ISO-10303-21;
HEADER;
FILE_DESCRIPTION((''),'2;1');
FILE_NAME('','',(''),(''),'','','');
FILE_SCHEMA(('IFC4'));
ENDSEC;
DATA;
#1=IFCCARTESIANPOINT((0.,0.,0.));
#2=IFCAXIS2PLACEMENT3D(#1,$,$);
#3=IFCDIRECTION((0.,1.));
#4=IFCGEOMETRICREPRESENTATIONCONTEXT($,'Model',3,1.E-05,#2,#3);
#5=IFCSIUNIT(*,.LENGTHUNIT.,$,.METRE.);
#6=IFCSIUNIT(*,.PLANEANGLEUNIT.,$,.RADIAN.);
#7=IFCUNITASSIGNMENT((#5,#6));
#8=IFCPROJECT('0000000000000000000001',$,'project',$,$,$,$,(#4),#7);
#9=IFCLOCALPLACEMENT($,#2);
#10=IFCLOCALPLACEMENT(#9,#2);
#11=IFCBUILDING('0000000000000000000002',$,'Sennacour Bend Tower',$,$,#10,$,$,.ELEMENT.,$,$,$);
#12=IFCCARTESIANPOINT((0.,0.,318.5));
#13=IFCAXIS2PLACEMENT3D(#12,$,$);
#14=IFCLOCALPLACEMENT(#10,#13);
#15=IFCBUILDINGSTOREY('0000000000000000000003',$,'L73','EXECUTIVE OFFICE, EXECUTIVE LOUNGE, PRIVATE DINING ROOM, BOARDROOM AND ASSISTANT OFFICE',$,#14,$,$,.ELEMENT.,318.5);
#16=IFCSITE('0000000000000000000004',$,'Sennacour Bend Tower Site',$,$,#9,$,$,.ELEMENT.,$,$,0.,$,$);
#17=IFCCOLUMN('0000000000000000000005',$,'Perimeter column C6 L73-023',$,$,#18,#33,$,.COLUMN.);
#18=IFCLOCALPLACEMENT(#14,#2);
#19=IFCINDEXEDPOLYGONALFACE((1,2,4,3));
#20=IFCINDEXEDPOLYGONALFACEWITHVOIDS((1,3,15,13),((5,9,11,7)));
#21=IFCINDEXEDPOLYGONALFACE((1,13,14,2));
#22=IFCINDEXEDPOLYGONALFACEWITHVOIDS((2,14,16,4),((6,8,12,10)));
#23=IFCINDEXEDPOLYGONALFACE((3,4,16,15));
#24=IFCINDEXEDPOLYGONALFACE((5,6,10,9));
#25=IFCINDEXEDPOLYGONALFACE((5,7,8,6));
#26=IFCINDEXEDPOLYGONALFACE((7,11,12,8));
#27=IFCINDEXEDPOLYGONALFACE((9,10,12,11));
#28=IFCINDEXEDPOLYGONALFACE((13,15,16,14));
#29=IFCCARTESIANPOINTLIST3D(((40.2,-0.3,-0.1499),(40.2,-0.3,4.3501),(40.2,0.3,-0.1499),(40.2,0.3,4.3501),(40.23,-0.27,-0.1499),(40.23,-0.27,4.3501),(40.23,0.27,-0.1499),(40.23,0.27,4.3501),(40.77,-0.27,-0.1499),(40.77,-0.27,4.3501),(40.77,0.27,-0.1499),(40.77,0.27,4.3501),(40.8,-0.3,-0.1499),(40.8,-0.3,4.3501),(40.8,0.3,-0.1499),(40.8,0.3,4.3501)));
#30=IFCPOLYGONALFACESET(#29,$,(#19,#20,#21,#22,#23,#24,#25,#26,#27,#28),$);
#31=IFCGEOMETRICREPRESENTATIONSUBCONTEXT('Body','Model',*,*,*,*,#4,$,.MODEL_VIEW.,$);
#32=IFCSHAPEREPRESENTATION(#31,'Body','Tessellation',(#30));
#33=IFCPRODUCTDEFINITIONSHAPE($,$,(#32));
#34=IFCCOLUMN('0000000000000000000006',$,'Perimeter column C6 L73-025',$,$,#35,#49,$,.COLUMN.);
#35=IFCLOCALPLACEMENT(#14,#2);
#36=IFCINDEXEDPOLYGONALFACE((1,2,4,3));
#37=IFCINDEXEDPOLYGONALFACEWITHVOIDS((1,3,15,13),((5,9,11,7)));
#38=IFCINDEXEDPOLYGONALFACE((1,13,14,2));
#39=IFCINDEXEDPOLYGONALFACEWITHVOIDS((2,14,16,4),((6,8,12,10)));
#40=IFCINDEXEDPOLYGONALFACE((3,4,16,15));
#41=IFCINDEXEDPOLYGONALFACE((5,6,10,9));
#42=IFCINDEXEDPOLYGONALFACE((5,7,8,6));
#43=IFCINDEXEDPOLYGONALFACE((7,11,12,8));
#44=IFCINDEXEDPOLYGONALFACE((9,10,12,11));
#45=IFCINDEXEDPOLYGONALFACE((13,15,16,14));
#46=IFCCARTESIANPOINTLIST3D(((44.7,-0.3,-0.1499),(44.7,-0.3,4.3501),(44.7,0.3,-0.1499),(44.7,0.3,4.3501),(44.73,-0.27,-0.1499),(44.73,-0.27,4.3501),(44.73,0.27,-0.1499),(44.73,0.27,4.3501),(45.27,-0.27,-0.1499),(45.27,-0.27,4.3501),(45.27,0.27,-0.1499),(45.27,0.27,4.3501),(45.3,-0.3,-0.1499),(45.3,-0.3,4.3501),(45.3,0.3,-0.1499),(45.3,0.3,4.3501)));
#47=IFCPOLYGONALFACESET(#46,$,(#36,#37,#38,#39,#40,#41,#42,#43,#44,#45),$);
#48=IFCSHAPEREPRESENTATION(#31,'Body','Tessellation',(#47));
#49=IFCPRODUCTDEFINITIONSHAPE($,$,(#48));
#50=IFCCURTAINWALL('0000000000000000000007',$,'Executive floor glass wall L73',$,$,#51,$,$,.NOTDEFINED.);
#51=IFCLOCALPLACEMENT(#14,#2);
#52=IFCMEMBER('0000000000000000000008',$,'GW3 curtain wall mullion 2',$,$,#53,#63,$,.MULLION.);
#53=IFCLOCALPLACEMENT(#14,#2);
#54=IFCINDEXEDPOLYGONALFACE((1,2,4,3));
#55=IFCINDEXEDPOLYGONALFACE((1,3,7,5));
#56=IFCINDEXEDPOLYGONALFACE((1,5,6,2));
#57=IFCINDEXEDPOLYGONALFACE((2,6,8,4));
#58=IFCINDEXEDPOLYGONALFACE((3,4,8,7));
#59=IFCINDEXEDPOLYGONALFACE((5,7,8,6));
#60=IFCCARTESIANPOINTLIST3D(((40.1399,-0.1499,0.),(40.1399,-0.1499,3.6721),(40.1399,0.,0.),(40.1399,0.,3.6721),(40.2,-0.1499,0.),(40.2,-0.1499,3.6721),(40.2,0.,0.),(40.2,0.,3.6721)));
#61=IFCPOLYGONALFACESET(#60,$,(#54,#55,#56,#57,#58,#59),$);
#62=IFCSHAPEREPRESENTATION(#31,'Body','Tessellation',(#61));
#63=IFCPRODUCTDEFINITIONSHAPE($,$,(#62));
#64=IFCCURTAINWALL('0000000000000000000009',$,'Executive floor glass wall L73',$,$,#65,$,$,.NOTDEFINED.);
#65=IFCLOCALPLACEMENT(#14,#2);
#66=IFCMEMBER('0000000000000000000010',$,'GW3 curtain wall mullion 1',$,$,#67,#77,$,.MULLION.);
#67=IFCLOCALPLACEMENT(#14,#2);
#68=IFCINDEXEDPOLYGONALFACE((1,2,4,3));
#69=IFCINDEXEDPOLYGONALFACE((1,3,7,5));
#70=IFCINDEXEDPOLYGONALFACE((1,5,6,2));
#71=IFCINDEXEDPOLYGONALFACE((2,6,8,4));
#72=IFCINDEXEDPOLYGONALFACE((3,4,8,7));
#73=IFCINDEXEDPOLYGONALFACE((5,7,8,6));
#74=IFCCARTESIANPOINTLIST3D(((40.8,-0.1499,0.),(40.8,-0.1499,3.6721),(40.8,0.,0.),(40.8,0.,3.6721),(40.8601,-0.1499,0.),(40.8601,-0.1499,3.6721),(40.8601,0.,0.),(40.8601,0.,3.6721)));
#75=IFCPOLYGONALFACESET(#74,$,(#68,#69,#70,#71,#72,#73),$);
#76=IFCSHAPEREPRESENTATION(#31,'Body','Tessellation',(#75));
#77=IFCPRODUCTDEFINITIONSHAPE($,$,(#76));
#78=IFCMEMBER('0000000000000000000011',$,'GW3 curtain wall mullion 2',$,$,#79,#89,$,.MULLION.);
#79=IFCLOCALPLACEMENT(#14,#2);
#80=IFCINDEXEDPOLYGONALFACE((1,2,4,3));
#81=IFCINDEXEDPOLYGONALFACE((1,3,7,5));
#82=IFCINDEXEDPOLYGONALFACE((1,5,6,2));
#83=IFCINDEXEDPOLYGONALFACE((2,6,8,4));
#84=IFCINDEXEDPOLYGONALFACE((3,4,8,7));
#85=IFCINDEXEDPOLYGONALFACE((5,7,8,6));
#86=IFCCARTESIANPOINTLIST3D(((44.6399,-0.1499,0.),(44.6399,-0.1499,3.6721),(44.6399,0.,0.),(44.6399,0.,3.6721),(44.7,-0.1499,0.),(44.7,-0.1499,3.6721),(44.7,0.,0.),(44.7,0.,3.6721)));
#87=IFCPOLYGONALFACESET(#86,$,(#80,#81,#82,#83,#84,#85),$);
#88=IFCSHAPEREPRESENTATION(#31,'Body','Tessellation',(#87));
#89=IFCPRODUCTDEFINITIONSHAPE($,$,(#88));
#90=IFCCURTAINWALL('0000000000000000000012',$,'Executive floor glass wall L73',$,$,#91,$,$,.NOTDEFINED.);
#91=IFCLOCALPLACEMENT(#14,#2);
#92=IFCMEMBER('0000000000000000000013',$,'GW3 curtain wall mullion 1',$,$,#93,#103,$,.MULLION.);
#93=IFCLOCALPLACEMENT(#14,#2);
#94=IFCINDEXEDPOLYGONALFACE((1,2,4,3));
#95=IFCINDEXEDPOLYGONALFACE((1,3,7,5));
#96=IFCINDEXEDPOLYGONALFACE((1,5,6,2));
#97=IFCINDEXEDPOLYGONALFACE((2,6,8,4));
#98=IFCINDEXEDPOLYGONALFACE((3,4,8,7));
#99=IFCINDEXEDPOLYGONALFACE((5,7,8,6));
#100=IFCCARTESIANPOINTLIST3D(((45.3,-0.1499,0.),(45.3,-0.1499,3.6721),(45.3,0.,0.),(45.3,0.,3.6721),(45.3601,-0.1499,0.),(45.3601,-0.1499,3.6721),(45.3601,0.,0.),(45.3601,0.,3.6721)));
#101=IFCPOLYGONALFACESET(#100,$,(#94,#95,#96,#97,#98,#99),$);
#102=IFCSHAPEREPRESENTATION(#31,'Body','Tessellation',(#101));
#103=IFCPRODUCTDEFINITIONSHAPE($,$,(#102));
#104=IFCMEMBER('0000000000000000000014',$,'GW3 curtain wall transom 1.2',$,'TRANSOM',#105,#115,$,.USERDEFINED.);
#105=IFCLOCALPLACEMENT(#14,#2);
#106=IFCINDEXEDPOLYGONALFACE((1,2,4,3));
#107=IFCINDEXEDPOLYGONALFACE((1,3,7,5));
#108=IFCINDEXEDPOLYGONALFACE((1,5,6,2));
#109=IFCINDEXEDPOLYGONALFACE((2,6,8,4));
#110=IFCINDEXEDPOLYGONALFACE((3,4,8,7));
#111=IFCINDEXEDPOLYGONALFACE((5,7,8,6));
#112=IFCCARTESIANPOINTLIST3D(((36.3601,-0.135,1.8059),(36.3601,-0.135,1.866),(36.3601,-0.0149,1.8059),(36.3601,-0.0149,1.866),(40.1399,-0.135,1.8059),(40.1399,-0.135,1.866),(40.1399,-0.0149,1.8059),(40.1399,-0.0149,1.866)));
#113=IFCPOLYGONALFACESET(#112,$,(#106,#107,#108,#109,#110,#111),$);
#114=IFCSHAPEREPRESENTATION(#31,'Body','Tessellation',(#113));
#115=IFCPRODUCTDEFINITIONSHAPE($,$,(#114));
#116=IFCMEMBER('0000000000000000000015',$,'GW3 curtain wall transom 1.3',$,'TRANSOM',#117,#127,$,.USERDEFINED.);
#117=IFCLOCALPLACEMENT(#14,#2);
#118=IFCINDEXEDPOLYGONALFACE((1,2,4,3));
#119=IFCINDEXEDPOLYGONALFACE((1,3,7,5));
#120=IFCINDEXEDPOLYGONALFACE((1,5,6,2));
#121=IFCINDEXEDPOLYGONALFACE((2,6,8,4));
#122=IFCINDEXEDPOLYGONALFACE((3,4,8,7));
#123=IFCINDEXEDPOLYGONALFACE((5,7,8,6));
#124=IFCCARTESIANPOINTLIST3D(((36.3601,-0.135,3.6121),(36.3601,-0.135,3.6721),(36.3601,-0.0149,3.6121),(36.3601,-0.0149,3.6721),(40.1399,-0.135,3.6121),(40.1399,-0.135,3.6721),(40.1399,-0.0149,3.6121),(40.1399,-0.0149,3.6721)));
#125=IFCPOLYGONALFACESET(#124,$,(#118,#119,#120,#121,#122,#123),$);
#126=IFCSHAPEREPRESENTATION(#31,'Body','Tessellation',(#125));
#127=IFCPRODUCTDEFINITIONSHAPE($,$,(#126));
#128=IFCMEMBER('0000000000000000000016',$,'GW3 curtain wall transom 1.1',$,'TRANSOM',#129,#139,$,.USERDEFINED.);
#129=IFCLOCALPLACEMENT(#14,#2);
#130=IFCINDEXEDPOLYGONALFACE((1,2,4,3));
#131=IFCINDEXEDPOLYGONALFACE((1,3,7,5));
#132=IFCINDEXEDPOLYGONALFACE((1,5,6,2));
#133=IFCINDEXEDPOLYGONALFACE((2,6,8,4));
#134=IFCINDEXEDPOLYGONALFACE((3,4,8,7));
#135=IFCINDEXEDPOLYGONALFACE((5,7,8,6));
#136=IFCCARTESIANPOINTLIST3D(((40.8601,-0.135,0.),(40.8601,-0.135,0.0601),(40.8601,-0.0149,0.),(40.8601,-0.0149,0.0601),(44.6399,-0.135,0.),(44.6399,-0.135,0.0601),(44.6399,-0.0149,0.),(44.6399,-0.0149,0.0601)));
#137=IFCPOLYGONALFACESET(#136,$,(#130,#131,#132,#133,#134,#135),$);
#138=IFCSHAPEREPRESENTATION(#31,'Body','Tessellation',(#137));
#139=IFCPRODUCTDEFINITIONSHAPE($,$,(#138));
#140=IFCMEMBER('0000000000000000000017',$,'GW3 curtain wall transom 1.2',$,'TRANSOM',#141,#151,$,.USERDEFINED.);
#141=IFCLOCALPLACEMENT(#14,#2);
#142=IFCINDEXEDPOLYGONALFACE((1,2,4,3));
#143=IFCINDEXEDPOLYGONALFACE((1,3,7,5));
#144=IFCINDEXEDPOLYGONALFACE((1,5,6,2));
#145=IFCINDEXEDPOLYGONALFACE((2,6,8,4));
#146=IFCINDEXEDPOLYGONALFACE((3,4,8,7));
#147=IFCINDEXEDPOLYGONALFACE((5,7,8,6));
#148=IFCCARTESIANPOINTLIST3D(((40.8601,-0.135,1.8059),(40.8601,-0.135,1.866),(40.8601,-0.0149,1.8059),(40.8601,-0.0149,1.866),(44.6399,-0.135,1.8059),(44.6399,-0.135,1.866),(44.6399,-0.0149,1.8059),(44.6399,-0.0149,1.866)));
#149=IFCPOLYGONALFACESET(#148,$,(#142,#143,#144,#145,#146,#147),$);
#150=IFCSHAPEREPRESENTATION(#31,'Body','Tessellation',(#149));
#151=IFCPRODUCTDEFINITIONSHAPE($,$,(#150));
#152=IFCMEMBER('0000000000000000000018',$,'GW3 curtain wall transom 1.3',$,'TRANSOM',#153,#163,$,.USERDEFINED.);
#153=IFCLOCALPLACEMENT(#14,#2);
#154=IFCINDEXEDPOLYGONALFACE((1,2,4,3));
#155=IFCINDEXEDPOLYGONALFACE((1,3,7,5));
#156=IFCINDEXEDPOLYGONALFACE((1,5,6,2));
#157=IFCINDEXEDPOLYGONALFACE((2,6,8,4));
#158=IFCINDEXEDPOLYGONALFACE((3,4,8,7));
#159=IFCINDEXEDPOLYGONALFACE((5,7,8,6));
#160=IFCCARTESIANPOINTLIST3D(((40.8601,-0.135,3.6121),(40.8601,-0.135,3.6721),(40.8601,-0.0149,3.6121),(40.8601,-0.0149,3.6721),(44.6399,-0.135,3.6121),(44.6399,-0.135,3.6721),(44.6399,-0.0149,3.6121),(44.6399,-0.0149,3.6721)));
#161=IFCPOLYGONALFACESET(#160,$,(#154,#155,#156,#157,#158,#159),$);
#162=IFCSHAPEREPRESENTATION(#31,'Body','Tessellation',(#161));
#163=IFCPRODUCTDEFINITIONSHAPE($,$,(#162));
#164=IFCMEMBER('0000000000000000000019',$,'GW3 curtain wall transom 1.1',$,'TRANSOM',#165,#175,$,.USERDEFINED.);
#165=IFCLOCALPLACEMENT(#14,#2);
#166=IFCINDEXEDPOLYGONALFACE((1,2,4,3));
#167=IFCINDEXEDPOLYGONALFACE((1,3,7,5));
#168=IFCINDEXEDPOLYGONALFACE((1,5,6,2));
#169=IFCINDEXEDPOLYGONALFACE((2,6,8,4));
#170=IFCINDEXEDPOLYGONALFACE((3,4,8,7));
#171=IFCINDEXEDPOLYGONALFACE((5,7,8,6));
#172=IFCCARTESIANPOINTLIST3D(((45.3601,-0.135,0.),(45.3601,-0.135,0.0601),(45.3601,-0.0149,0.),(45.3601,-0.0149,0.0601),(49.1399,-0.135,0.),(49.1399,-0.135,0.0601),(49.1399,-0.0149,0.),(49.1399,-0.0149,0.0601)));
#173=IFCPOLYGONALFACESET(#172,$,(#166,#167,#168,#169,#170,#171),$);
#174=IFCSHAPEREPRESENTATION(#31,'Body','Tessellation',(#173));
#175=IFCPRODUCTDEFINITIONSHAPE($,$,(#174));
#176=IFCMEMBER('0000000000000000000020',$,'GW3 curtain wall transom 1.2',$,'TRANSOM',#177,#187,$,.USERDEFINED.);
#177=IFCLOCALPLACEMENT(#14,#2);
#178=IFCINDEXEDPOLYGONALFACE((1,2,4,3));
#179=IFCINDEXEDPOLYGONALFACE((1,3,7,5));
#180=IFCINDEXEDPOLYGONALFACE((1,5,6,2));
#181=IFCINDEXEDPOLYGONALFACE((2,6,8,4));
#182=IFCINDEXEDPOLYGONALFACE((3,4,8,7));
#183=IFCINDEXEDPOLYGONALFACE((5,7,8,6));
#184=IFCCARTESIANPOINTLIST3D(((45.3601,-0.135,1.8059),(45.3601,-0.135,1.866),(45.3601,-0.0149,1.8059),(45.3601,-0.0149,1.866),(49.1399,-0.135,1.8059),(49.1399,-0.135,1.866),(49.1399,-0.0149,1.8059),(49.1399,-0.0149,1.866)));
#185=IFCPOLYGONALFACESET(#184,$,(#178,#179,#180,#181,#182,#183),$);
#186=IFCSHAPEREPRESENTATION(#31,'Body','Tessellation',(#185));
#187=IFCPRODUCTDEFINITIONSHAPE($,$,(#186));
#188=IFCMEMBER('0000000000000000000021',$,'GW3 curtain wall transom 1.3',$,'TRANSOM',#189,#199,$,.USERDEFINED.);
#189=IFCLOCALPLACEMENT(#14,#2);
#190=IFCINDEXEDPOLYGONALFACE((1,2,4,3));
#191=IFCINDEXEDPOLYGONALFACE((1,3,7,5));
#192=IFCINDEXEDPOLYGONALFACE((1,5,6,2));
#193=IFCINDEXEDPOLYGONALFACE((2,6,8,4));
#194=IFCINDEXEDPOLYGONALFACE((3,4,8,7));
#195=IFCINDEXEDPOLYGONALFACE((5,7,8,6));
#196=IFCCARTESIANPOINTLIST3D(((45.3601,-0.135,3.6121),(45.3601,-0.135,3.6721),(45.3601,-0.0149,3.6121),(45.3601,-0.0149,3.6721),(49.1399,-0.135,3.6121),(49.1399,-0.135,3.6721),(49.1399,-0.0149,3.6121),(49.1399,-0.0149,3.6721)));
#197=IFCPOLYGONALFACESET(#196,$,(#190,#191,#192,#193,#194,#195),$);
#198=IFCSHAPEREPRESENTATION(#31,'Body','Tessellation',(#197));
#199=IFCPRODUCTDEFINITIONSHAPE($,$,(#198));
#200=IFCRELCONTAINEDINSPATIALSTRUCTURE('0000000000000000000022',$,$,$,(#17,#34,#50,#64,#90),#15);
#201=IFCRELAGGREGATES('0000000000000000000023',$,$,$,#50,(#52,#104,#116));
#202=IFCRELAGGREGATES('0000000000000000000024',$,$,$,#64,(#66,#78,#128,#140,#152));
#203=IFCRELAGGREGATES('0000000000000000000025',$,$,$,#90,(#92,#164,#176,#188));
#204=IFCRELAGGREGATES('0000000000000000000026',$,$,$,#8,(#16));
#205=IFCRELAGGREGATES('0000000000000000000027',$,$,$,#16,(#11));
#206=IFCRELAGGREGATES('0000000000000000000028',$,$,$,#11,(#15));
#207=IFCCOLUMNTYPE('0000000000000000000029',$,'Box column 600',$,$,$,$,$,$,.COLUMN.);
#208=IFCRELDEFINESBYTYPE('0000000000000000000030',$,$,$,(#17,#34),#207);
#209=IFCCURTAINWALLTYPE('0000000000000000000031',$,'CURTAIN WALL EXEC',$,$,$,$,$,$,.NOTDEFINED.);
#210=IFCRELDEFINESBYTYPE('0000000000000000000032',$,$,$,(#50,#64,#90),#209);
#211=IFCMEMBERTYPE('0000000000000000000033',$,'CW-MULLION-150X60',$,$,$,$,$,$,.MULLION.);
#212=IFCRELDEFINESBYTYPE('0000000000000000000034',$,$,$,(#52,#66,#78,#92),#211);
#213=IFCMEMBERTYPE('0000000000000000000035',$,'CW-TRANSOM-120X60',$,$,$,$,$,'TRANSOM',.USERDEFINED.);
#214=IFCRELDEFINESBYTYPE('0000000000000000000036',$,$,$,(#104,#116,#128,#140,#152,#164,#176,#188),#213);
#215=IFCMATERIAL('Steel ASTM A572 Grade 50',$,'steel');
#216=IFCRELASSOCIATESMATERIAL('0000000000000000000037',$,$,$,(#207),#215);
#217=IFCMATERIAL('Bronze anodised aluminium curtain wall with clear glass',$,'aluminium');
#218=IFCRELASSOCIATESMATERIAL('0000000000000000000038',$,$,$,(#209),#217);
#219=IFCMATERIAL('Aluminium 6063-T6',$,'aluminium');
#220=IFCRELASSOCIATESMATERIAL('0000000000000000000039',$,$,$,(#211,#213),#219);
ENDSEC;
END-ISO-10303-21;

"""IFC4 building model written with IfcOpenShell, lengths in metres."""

from ifc_helpers import new_model, si_unit, direction, frame, origin, origin_2d, place, context, subcontext, project, spatial, rectangle, hollow_rectangle, extrude, material, material_profile, profile_set, type_object, element, aggregate, save


model = new_model("IFC4")

# Units and contexts
model_context = context("Model", 3, precision=1e-05, world=origin(), true_north=direction((0.0, 1.0)))
body_context = subcontext(model_context, "Body", "Model", "MODEL_VIEW")
ifc_project = project(units=[si_unit("LENGTHUNIT", "METRE"), si_unit("PLANEANGLEUNIT", "RADIAN")], contexts=[model_context])

# Site, building, storey
site_placement = place(None, origin())
site = spatial("IfcSite", under=ifc_project, at=site_placement, Name="Sennacour Bend Tower Site", CompositionType="ELEMENT", RefElevation=0.0)
building_placement = place(site_placement, origin())
building = spatial("IfcBuilding", under=site, at=building_placement, Name="Sennacour Bend Tower", CompositionType="ELEMENT")
storey_placement = place(building_placement, frame((0.0, 0.0, 318.5)))
storey = spatial("IfcBuildingStorey", under=building, at=storey_placement, Name="L73", Description="EXECUTIVE OFFICE, EXECUTIVE LOUNGE, PRIVATE DINING ROOM, BOARDROOM AND ASSISTANT OFFICE", CompositionType="ELEMENT", Elevation=318.5)

# Columns
ifc_material_1 = material(Name="Steel ASTM A572 Grade 50", Category="steel")
ifc_material_profile_1 = material_profile(ifc_material_1, hollow_rectangle(XDim=0.6001, YDim=0.6001, WallThickness=0.03, at=origin_2d()), Name="Steel ASTM A572 Grade 50", Category="steel")
ifc_profile_set_1 = profile_set([ifc_material_profile_1], Name="Steel ASTM A572 Grade 50")
column_type = type_object("IfcColumnType", Name="Box column 600", PredefinedType="COLUMN", material=ifc_profile_set_1)
for number, where, z_axis, x_axis, name in (
    (1, (40.5, 0.0, -0.1499), (0.0, 0.0, 1.0), (1.0, 0.0, 0.0), "Perimeter column C6 L73-023"),
    (2, (45.0, 0.0, -0.1499), (0.0, 0.0, 1.0), (1.0, 0.0, 0.0), "Perimeter column C6 L73-025"),
):
    element("IfcColumn", number, at=place(storey_placement, frame(where, z_axis=z_axis, x_axis=x_axis)), inside=storey, type_object=column_type, Name=name, PredefinedType="COLUMN", context=body_context, shape_type="SweptSolid", body=[
        extrude(hollow_rectangle(XDim=0.6001, YDim=0.6001, WallThickness=0.03, at=origin_2d()), origin(), (0.0, 0.0, 1.0), 4.5),
    ])

# Curtain wall, member
ifc_material_2 = material(Name="Bronze anodised aluminium curtain wall with clear glass", Category="aluminium")
curtain_wall_type = type_object("IfcCurtainWallType", Name="CURTAIN WALL EXEC", PredefinedType="NOTDEFINED", material=ifc_material_2)
curtain_wall_1_placement = place(storey_placement, origin())
curtain_wall_1 = element("IfcCurtainWall", 3, at=curtain_wall_1_placement, inside=storey, type_object=curtain_wall_type, Name="Executive floor glass wall L73", PredefinedType="NOTDEFINED")
ifc_material_3 = material(Name="Aluminium 6063-T6", Category="aluminium")
ifc_material_profile_2 = material_profile(ifc_material_3, rectangle(XDim=0.1499, YDim=0.0601, at=origin_2d()), Name="Aluminium 6063-T6", Category="aluminium")
ifc_profile_set_2 = profile_set([ifc_material_profile_2], Name="Aluminium 6063-T6")
member_type_1 = type_object("IfcMemberType", Name="CW-MULLION-150X60", PredefinedType="MULLION", material=ifc_profile_set_2)
member_1_placement = place(storey_placement, frame((40.1699, -0.075, 0.0), z_axis=(0.0, 0.0, 1.0), x_axis=(0.0, 1.0, 0.0)))
member_1 = element("IfcMember", 4, at=member_1_placement, type_object=member_type_1, Name="GW3 curtain wall mullion 2", PredefinedType="MULLION", context=body_context, shape_type="SweptSolid", body=[
    extrude(rectangle(XDim=0.1499, YDim=0.0601, at=origin_2d()), origin(), (0.0, 0.0, 1.0), 3.6721),
])

# Curtain wall, members
curtain_wall_2_placement = place(storey_placement, origin())
curtain_wall_2 = element("IfcCurtainWall", 5, at=curtain_wall_2_placement, inside=storey, type_object=curtain_wall_type, Name="Executive floor glass wall L73", PredefinedType="NOTDEFINED")
member_2_placement = place(storey_placement, frame((40.8301, -0.075, 0.0), z_axis=(0.0, 0.0, 1.0), x_axis=(0.0, 1.0, 0.0)))
member_2 = element("IfcMember", 6, at=member_2_placement, type_object=member_type_1, Name="GW3 curtain wall mullion 1", PredefinedType="MULLION", context=body_context, shape_type="SweptSolid", body=[
    extrude(rectangle(XDim=0.1499, YDim=0.0601, at=origin_2d()), origin(), (0.0, 0.0, 1.0), 3.6721),
])
member_3_placement = place(storey_placement, frame((44.6699, -0.075, 0.0), z_axis=(0.0, 0.0, 1.0), x_axis=(0.0, 1.0, 0.0)))
member_3 = element("IfcMember", 7, at=member_3_placement, type_object=member_type_1, Name="GW3 curtain wall mullion 2", PredefinedType="MULLION", context=body_context, shape_type="SweptSolid", body=[
    extrude(rectangle(XDim=0.1499, YDim=0.0601, at=origin_2d()), origin(), (0.0, 0.0, 1.0), 3.6721),
])

# Curtain wall, member
curtain_wall_3_placement = place(storey_placement, origin())
curtain_wall_3 = element("IfcCurtainWall", 8, at=curtain_wall_3_placement, inside=storey, type_object=curtain_wall_type, Name="Executive floor glass wall L73", PredefinedType="NOTDEFINED")
member_4_placement = place(storey_placement, frame((45.3301, -0.075, 0.0), z_axis=(0.0, 0.0, 1.0), x_axis=(0.0, 1.0, 0.0)))
member_4 = element("IfcMember", 9, at=member_4_placement, type_object=member_type_1, Name="GW3 curtain wall mullion 1", PredefinedType="MULLION", context=body_context, shape_type="SweptSolid", body=[
    extrude(rectangle(XDim=0.1499, YDim=0.0601, at=origin_2d()), origin(), (0.0, 0.0, 1.0), 3.6721),
])

# Members
ifc_material_profile_3 = material_profile(ifc_material_3, rectangle(XDim=0.1201, YDim=0.0601, at=origin_2d()), Name="Aluminium 6063-T6", Category="aluminium")
ifc_profile_set_3 = profile_set([ifc_material_profile_3], Name="Aluminium 6063-T6")
member_type_2 = type_object("IfcMemberType", Name="CW-TRANSOM-120X60", ElementType="TRANSOM", PredefinedType="USERDEFINED", material=ifc_profile_set_3)
member_5_placement = place(storey_placement, frame((36.3601, -0.075, 1.8359), z_axis=(1.0, 0.0, 0.0), x_axis=(0.0, 1.0, 0.0)))
member_5 = element("IfcMember", 10, at=member_5_placement, type_object=member_type_2, Name="GW3 curtain wall transom 1.2", ObjectType="TRANSOM", PredefinedType="USERDEFINED", context=body_context, shape_type="SweptSolid", body=[
    extrude(rectangle(XDim=0.1201, YDim=0.0601, at=origin_2d()), origin(), (0.0, 0.0, 1.0), 3.7798),
])
member_6_placement = place(storey_placement, frame((36.3601, -0.075, 3.6421), z_axis=(1.0, 0.0, 0.0), x_axis=(0.0, 1.0, 0.0)))
member_6 = element("IfcMember", 11, at=member_6_placement, type_object=member_type_2, Name="GW3 curtain wall transom 1.3", ObjectType="TRANSOM", PredefinedType="USERDEFINED", context=body_context, shape_type="SweptSolid", body=[
    extrude(rectangle(XDim=0.1201, YDim=0.0601, at=origin_2d()), origin(), (0.0, 0.0, 1.0), 3.7798),
])
member_7_placement = place(storey_placement, frame((40.8601, -0.075, 0.03), z_axis=(1.0, 0.0, 0.0), x_axis=(0.0, 1.0, 0.0)))
member_7 = element("IfcMember", 12, at=member_7_placement, type_object=member_type_2, Name="GW3 curtain wall transom 1.1", ObjectType="TRANSOM", PredefinedType="USERDEFINED", context=body_context, shape_type="SweptSolid", body=[
    extrude(rectangle(XDim=0.1201, YDim=0.0601, at=origin_2d()), origin(), (0.0, 0.0, 1.0), 3.7798),
])
member_8_placement = place(storey_placement, frame((40.8601, -0.075, 1.8359), z_axis=(1.0, 0.0, 0.0), x_axis=(0.0, 1.0, 0.0)))
member_8 = element("IfcMember", 13, at=member_8_placement, type_object=member_type_2, Name="GW3 curtain wall transom 1.2", ObjectType="TRANSOM", PredefinedType="USERDEFINED", context=body_context, shape_type="SweptSolid", body=[
    extrude(rectangle(XDim=0.1201, YDim=0.0601, at=origin_2d()), origin(), (0.0, 0.0, 1.0), 3.7798),
])
member_9_placement = place(storey_placement, frame((40.8601, -0.075, 3.6421), z_axis=(1.0, 0.0, 0.0), x_axis=(0.0, 1.0, 0.0)))
member_9 = element("IfcMember", 14, at=member_9_placement, type_object=member_type_2, Name="GW3 curtain wall transom 1.3", ObjectType="TRANSOM", PredefinedType="USERDEFINED", context=body_context, shape_type="SweptSolid", body=[
    extrude(rectangle(XDim=0.1201, YDim=0.0601, at=origin_2d()), origin(), (0.0, 0.0, 1.0), 3.7798),
])
member_10_placement = place(storey_placement, frame((45.3601, -0.075, 0.03), z_axis=(1.0, 0.0, 0.0), x_axis=(0.0, 1.0, 0.0)))
member_10 = element("IfcMember", 15, at=member_10_placement, type_object=member_type_2, Name="GW3 curtain wall transom 1.1", ObjectType="TRANSOM", PredefinedType="USERDEFINED", context=body_context, shape_type="SweptSolid", body=[
    extrude(rectangle(XDim=0.1201, YDim=0.0601, at=origin_2d()), origin(), (0.0, 0.0, 1.0), 3.7798),
])
member_11_placement = place(storey_placement, frame((45.3601, -0.075, 1.8359), z_axis=(1.0, 0.0, 0.0), x_axis=(0.0, 1.0, 0.0)))
member_11 = element("IfcMember", 16, at=member_11_placement, type_object=member_type_2, Name="GW3 curtain wall transom 1.2", ObjectType="TRANSOM", PredefinedType="USERDEFINED", context=body_context, shape_type="SweptSolid", body=[
    extrude(rectangle(XDim=0.1201, YDim=0.0601, at=origin_2d()), origin(), (0.0, 0.0, 1.0), 3.7798),
])
member_12_placement = place(storey_placement, frame((45.3601, -0.075, 3.6421), z_axis=(1.0, 0.0, 0.0), x_axis=(0.0, 1.0, 0.0)))
member_12 = element("IfcMember", 17, at=member_12_placement, type_object=member_type_2, Name="GW3 curtain wall transom 1.3", ObjectType="TRANSOM", PredefinedType="USERDEFINED", context=body_context, shape_type="SweptSolid", body=[
    extrude(rectangle(XDim=0.1201, YDim=0.0601, at=origin_2d()), origin(), (0.0, 0.0, 1.0), 3.7798),
])

aggregate(curtain_wall_1, [member_1, member_5, member_6])
aggregate(curtain_wall_2, [member_2, member_3, member_7, member_8, member_9])
aggregate(curtain_wall_3, [member_4, member_10, member_11, member_12])

save(model, "model.ifc")
